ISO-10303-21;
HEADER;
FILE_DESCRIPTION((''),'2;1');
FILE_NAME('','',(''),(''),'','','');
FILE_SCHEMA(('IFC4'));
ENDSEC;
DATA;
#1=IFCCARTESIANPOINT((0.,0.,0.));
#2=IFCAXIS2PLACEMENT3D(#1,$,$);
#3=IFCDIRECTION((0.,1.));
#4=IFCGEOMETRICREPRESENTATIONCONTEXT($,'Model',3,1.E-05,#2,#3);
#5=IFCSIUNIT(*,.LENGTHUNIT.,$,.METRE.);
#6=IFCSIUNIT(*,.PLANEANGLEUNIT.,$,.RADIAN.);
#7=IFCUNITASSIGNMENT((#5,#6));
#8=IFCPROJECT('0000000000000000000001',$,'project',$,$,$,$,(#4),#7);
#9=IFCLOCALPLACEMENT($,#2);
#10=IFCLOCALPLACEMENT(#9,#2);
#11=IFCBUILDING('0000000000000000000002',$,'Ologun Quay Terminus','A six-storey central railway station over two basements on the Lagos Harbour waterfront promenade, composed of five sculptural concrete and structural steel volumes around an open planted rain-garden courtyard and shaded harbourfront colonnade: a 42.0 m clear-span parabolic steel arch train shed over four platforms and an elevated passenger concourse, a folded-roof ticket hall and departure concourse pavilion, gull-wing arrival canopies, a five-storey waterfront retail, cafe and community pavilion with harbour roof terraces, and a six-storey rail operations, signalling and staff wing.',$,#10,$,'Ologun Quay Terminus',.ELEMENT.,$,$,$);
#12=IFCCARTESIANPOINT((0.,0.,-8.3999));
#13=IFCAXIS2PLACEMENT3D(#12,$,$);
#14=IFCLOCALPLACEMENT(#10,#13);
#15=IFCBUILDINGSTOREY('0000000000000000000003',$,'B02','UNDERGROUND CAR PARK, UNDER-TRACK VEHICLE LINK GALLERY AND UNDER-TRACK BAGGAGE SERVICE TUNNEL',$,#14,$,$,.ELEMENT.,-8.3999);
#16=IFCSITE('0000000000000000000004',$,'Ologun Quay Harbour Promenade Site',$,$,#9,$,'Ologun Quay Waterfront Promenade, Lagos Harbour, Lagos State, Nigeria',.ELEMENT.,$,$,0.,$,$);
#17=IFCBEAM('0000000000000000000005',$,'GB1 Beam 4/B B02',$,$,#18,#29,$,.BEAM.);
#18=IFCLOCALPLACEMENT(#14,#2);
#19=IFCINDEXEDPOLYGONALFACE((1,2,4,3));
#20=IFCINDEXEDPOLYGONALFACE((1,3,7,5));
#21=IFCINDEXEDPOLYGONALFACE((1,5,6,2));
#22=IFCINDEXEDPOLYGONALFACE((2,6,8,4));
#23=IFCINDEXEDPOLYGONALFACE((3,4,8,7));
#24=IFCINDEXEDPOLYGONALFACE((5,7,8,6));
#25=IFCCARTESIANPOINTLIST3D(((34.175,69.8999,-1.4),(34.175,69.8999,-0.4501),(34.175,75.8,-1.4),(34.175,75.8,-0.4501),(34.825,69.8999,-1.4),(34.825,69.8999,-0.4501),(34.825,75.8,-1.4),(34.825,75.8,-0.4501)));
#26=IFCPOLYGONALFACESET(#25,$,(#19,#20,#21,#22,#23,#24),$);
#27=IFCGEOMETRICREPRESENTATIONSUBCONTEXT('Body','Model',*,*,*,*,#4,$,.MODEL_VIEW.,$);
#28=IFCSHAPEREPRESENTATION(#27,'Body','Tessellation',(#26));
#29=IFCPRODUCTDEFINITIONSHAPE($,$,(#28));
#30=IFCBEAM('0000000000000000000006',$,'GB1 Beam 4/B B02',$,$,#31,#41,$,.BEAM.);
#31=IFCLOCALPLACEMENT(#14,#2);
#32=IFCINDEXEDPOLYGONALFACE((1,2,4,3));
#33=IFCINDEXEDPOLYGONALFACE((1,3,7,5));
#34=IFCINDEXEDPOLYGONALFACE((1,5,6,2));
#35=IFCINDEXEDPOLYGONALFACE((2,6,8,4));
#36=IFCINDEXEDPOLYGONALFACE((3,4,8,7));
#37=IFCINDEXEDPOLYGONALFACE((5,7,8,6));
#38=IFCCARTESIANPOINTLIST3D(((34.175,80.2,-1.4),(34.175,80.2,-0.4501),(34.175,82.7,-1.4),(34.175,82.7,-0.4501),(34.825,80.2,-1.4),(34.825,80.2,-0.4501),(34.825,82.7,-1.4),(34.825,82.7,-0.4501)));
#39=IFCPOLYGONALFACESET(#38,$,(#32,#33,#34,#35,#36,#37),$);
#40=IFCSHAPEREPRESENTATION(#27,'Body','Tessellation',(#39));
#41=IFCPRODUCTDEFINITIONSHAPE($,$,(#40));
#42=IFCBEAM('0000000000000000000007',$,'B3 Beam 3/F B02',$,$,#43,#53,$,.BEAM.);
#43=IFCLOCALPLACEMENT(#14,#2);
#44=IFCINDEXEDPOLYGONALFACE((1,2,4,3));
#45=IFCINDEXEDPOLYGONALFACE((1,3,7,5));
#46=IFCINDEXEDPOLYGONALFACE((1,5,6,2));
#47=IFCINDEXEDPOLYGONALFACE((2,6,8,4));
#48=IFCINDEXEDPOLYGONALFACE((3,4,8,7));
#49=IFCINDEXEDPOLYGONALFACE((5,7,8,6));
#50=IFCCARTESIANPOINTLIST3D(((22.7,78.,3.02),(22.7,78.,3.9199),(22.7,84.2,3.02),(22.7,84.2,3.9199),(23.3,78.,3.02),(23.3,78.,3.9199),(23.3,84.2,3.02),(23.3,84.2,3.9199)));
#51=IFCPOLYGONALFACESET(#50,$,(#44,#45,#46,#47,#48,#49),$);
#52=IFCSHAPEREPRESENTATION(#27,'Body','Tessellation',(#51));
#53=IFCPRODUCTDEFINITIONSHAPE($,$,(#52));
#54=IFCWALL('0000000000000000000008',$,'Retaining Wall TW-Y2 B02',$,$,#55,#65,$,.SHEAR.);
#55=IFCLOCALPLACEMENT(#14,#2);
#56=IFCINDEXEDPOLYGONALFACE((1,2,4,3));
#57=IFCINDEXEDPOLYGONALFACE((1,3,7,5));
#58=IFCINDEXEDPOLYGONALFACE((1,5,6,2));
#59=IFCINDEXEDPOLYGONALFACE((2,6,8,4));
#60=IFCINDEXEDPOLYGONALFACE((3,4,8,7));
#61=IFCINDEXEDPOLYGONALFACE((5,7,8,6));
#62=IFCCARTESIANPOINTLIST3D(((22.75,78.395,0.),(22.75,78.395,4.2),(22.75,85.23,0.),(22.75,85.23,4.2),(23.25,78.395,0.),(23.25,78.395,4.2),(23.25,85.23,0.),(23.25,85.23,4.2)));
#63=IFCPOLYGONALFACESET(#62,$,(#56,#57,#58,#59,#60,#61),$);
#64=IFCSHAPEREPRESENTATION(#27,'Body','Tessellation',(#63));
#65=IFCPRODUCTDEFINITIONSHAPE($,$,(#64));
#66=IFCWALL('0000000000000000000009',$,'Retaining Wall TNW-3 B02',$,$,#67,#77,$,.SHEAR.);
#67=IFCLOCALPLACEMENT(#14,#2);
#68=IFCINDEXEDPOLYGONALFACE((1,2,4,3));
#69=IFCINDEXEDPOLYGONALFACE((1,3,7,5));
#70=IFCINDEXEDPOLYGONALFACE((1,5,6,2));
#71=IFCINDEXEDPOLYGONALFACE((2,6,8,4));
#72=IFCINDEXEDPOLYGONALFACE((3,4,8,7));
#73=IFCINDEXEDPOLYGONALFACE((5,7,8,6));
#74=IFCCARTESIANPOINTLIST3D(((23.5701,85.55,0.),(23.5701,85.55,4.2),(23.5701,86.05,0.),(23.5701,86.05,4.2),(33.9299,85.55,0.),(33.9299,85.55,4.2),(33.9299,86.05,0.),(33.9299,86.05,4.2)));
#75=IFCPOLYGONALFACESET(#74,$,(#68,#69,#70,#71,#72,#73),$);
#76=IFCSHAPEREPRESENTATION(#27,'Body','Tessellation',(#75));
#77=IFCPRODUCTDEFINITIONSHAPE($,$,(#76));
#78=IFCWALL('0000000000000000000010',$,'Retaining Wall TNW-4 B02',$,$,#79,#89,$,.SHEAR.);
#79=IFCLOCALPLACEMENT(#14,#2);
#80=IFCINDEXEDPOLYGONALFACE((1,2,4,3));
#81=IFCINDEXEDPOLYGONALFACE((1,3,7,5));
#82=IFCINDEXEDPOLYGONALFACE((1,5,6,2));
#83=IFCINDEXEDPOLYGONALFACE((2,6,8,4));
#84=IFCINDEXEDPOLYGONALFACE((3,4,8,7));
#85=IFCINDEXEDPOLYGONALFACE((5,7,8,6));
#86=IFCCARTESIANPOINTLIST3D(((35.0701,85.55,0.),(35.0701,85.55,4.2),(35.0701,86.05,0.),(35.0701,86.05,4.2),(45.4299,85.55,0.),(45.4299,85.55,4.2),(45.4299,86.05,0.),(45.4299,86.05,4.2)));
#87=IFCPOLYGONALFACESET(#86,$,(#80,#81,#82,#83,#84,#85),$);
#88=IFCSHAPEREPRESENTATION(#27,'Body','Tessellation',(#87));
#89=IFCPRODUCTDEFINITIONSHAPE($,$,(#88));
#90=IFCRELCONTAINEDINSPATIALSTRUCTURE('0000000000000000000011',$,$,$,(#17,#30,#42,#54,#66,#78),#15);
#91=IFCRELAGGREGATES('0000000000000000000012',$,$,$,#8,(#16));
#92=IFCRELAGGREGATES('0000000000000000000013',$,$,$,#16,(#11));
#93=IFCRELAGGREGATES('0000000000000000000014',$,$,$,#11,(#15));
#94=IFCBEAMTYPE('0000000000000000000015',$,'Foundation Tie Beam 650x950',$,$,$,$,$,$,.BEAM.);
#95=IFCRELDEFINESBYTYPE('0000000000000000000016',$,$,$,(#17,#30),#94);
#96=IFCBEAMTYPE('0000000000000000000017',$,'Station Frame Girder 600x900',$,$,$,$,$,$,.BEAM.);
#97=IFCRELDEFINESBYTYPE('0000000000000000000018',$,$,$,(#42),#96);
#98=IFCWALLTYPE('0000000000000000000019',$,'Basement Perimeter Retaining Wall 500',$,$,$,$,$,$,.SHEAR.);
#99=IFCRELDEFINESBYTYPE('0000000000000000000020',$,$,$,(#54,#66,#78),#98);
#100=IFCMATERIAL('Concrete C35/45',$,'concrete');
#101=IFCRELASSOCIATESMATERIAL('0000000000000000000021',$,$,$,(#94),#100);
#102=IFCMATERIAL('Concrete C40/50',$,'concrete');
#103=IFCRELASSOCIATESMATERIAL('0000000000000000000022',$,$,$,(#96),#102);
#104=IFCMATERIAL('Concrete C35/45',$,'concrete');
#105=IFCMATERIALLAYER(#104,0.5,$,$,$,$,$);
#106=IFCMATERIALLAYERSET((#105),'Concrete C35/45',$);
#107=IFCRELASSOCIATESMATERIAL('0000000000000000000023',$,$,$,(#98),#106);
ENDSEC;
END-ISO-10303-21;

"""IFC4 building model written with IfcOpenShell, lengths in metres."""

from ifc_helpers import new_model, si_unit, direction, frame, frame_2d, origin, origin_2d, place, context, subcontext, project, spatial, rectangle, extrude, material, layer, layer_set, material_profile, profile_set, type_object, element, save


model = new_model("IFC4")

# Units and contexts
model_context = context("Model", 3, precision=1e-05, world=origin(), true_north=direction((0.0, 1.0)))
body_context = subcontext(model_context, "Body", "Model", "MODEL_VIEW")
ifc_project = project(units=[si_unit("LENGTHUNIT", "METRE"), si_unit("PLANEANGLEUNIT", "RADIAN")], contexts=[model_context])

# Site, building, storey
site_placement = place(None, origin())
site = spatial("IfcSite", under=ifc_project, at=site_placement, Name="Ologun Quay Harbour Promenade Site", LongName="Ologun Quay Waterfront Promenade, Lagos Harbour, Lagos State, Nigeria", CompositionType="ELEMENT", RefElevation=0.0)
building_placement = place(site_placement, origin())
building = spatial("IfcBuilding", under=site, at=building_placement, Name="Ologun Quay Terminus", Description="A six-storey central railway station over two basements on the Lagos Harbour waterfront promenade, composed of five sculptural concrete and structural steel volumes around an open planted rain-garden courtyard and shaded harbourfront colonnade: a 42.0 m clear-span parabolic steel arch train shed over four platforms and an elevated passenger concourse, a folded-roof ticket hall and departure concourse pavilion, gull-wing arrival canopies, a five-storey waterfront retail, cafe and community pavilion with harbour roof terraces, and a six-storey rail operations, signalling and staff wing.", LongName="Ologun Quay Terminus", CompositionType="ELEMENT")
storey_placement = place(building_placement, frame((0.0, 0.0, -8.3999)))
storey = spatial("IfcBuildingStorey", under=building, at=storey_placement, Name="B02", Description="UNDERGROUND CAR PARK, UNDER-TRACK VEHICLE LINK GALLERY AND UNDER-TRACK BAGGAGE SERVICE TUNNEL", CompositionType="ELEMENT", Elevation=-8.3999)

# Beams
ifc_material_1 = material(Name="Concrete C35/45", Category="concrete")
ifc_material_profile_1 = material_profile(ifc_material_1, rectangle(XDim=0.6499, YDim=0.95, at=origin_2d()), Name="RC 650x950")
ifc_profile_set_1 = profile_set([ifc_material_profile_1], Name="Concrete C35/45")
beam_type_1 = type_object("IfcBeamType", Name="Foundation Tie Beam 650x950", PredefinedType="BEAM", material=ifc_profile_set_1)
beam_1_placement = place(storey_placement, frame((34.5, 69.8999, -0.925), z_axis=(0.0, 1.0, 0.0), x_axis=(-1.0, 0.0, 0.0)))
element("IfcBeam", 1, at=beam_1_placement, inside=storey, type_object=beam_type_1, Name="GB1 Beam 4/B B02", PredefinedType="BEAM", context=body_context, shape_type="SweptSolid", body=[
    extrude(rectangle(XDim=0.6499, YDim=0.95, at=origin_2d()), origin(), (0.0, 0.0, 1.0), 5.9001),
])
beam_2_placement = place(storey_placement, frame((34.5, 80.2, -0.925), z_axis=(0.0, 1.0, 0.0), x_axis=(-1.0, 0.0, 0.0)))
element("IfcBeam", 2, at=beam_2_placement, inside=storey, type_object=beam_type_1, Name="GB1 Beam 4/B B02", PredefinedType="BEAM", context=body_context, shape_type="SweptSolid", body=[
    extrude(rectangle(XDim=0.6499, YDim=0.95, at=origin_2d()), origin(), (0.0, 0.0, 1.0), 2.5),
])
ifc_material_2 = material(Name="Concrete C40/50", Category="concrete")
ifc_material_profile_2 = material_profile(ifc_material_2, rectangle(XDim=0.6001, YDim=0.8999, at=origin_2d()), Name="RC 600x900")
ifc_profile_set_2 = profile_set([ifc_material_profile_2], Name="Concrete C40/50")
beam_type_2 = type_object("IfcBeamType", Name="Station Frame Girder 600x900", PredefinedType="BEAM", material=ifc_profile_set_2)
beam_3_placement = place(storey_placement, frame((23.0, 78.0, 3.47), z_axis=(0.0, 1.0, 0.0), x_axis=(-1.0, 0.0, 0.0)))
element("IfcBeam", 3, at=beam_3_placement, inside=storey, type_object=beam_type_2, Name="B3 Beam 3/F B02", PredefinedType="BEAM", context=body_context, shape_type="SweptSolid", body=[
    extrude(rectangle(XDim=0.6001, YDim=0.8999, at=origin_2d()), origin(), (0.0, 0.0, 1.0), 6.2),
])

# Walls
ifc_material_3 = material(Name="Concrete C35/45", Category="concrete")
ifc_layer = layer(ifc_material_3, 0.5)
ifc_layer_set = layer_set([ifc_layer], Name="Concrete C35/45")
wall_type = type_object("IfcWallType", Name="Basement Perimeter Retaining Wall 500", PredefinedType="SHEAR", material=ifc_layer_set)
wall_placement = place(storey_placement, frame((23.0, 78.395, 0.0), z_axis=(0.0, 0.0, 1.0), x_axis=(0.0, 1.0, 0.0)))
element("IfcWall", 4, at=wall_placement, inside=storey, type_object=wall_type, Name="Retaining Wall TW-Y2 B02", PredefinedType="SHEAR", context=body_context, shape_type="SweptSolid", body=[
    extrude(rectangle(XDim=6.835, YDim=0.5, at=frame_2d((3.4175, 0.0))), origin(), (0.0, 0.0, 1.0), 4.2),
])
for number, where, z_axis, x_axis, name in (
    (5, (23.5701, 85.8, 0.0), (0.0, 0.0, 1.0), (1.0, 0.0, 0.0), "Retaining Wall TNW-3 B02"),
    (6, (35.0701, 85.8, 0.0), (0.0, 0.0, 1.0), (1.0, 0.0, 0.0), "Retaining Wall TNW-4 B02"),
):
    element("IfcWall", number, at=place(storey_placement, frame(where, z_axis=z_axis, x_axis=x_axis)), inside=storey, type_object=wall_type, Name=name, PredefinedType="SHEAR", context=body_context, shape_type="SweptSolid", body=[
        extrude(rectangle(XDim=10.3599, YDim=0.5, at=frame_2d((5.1799, 0.0))), origin(), (0.0, 0.0, 1.0), 4.2),
    ])

save(model, "model.ifc")
